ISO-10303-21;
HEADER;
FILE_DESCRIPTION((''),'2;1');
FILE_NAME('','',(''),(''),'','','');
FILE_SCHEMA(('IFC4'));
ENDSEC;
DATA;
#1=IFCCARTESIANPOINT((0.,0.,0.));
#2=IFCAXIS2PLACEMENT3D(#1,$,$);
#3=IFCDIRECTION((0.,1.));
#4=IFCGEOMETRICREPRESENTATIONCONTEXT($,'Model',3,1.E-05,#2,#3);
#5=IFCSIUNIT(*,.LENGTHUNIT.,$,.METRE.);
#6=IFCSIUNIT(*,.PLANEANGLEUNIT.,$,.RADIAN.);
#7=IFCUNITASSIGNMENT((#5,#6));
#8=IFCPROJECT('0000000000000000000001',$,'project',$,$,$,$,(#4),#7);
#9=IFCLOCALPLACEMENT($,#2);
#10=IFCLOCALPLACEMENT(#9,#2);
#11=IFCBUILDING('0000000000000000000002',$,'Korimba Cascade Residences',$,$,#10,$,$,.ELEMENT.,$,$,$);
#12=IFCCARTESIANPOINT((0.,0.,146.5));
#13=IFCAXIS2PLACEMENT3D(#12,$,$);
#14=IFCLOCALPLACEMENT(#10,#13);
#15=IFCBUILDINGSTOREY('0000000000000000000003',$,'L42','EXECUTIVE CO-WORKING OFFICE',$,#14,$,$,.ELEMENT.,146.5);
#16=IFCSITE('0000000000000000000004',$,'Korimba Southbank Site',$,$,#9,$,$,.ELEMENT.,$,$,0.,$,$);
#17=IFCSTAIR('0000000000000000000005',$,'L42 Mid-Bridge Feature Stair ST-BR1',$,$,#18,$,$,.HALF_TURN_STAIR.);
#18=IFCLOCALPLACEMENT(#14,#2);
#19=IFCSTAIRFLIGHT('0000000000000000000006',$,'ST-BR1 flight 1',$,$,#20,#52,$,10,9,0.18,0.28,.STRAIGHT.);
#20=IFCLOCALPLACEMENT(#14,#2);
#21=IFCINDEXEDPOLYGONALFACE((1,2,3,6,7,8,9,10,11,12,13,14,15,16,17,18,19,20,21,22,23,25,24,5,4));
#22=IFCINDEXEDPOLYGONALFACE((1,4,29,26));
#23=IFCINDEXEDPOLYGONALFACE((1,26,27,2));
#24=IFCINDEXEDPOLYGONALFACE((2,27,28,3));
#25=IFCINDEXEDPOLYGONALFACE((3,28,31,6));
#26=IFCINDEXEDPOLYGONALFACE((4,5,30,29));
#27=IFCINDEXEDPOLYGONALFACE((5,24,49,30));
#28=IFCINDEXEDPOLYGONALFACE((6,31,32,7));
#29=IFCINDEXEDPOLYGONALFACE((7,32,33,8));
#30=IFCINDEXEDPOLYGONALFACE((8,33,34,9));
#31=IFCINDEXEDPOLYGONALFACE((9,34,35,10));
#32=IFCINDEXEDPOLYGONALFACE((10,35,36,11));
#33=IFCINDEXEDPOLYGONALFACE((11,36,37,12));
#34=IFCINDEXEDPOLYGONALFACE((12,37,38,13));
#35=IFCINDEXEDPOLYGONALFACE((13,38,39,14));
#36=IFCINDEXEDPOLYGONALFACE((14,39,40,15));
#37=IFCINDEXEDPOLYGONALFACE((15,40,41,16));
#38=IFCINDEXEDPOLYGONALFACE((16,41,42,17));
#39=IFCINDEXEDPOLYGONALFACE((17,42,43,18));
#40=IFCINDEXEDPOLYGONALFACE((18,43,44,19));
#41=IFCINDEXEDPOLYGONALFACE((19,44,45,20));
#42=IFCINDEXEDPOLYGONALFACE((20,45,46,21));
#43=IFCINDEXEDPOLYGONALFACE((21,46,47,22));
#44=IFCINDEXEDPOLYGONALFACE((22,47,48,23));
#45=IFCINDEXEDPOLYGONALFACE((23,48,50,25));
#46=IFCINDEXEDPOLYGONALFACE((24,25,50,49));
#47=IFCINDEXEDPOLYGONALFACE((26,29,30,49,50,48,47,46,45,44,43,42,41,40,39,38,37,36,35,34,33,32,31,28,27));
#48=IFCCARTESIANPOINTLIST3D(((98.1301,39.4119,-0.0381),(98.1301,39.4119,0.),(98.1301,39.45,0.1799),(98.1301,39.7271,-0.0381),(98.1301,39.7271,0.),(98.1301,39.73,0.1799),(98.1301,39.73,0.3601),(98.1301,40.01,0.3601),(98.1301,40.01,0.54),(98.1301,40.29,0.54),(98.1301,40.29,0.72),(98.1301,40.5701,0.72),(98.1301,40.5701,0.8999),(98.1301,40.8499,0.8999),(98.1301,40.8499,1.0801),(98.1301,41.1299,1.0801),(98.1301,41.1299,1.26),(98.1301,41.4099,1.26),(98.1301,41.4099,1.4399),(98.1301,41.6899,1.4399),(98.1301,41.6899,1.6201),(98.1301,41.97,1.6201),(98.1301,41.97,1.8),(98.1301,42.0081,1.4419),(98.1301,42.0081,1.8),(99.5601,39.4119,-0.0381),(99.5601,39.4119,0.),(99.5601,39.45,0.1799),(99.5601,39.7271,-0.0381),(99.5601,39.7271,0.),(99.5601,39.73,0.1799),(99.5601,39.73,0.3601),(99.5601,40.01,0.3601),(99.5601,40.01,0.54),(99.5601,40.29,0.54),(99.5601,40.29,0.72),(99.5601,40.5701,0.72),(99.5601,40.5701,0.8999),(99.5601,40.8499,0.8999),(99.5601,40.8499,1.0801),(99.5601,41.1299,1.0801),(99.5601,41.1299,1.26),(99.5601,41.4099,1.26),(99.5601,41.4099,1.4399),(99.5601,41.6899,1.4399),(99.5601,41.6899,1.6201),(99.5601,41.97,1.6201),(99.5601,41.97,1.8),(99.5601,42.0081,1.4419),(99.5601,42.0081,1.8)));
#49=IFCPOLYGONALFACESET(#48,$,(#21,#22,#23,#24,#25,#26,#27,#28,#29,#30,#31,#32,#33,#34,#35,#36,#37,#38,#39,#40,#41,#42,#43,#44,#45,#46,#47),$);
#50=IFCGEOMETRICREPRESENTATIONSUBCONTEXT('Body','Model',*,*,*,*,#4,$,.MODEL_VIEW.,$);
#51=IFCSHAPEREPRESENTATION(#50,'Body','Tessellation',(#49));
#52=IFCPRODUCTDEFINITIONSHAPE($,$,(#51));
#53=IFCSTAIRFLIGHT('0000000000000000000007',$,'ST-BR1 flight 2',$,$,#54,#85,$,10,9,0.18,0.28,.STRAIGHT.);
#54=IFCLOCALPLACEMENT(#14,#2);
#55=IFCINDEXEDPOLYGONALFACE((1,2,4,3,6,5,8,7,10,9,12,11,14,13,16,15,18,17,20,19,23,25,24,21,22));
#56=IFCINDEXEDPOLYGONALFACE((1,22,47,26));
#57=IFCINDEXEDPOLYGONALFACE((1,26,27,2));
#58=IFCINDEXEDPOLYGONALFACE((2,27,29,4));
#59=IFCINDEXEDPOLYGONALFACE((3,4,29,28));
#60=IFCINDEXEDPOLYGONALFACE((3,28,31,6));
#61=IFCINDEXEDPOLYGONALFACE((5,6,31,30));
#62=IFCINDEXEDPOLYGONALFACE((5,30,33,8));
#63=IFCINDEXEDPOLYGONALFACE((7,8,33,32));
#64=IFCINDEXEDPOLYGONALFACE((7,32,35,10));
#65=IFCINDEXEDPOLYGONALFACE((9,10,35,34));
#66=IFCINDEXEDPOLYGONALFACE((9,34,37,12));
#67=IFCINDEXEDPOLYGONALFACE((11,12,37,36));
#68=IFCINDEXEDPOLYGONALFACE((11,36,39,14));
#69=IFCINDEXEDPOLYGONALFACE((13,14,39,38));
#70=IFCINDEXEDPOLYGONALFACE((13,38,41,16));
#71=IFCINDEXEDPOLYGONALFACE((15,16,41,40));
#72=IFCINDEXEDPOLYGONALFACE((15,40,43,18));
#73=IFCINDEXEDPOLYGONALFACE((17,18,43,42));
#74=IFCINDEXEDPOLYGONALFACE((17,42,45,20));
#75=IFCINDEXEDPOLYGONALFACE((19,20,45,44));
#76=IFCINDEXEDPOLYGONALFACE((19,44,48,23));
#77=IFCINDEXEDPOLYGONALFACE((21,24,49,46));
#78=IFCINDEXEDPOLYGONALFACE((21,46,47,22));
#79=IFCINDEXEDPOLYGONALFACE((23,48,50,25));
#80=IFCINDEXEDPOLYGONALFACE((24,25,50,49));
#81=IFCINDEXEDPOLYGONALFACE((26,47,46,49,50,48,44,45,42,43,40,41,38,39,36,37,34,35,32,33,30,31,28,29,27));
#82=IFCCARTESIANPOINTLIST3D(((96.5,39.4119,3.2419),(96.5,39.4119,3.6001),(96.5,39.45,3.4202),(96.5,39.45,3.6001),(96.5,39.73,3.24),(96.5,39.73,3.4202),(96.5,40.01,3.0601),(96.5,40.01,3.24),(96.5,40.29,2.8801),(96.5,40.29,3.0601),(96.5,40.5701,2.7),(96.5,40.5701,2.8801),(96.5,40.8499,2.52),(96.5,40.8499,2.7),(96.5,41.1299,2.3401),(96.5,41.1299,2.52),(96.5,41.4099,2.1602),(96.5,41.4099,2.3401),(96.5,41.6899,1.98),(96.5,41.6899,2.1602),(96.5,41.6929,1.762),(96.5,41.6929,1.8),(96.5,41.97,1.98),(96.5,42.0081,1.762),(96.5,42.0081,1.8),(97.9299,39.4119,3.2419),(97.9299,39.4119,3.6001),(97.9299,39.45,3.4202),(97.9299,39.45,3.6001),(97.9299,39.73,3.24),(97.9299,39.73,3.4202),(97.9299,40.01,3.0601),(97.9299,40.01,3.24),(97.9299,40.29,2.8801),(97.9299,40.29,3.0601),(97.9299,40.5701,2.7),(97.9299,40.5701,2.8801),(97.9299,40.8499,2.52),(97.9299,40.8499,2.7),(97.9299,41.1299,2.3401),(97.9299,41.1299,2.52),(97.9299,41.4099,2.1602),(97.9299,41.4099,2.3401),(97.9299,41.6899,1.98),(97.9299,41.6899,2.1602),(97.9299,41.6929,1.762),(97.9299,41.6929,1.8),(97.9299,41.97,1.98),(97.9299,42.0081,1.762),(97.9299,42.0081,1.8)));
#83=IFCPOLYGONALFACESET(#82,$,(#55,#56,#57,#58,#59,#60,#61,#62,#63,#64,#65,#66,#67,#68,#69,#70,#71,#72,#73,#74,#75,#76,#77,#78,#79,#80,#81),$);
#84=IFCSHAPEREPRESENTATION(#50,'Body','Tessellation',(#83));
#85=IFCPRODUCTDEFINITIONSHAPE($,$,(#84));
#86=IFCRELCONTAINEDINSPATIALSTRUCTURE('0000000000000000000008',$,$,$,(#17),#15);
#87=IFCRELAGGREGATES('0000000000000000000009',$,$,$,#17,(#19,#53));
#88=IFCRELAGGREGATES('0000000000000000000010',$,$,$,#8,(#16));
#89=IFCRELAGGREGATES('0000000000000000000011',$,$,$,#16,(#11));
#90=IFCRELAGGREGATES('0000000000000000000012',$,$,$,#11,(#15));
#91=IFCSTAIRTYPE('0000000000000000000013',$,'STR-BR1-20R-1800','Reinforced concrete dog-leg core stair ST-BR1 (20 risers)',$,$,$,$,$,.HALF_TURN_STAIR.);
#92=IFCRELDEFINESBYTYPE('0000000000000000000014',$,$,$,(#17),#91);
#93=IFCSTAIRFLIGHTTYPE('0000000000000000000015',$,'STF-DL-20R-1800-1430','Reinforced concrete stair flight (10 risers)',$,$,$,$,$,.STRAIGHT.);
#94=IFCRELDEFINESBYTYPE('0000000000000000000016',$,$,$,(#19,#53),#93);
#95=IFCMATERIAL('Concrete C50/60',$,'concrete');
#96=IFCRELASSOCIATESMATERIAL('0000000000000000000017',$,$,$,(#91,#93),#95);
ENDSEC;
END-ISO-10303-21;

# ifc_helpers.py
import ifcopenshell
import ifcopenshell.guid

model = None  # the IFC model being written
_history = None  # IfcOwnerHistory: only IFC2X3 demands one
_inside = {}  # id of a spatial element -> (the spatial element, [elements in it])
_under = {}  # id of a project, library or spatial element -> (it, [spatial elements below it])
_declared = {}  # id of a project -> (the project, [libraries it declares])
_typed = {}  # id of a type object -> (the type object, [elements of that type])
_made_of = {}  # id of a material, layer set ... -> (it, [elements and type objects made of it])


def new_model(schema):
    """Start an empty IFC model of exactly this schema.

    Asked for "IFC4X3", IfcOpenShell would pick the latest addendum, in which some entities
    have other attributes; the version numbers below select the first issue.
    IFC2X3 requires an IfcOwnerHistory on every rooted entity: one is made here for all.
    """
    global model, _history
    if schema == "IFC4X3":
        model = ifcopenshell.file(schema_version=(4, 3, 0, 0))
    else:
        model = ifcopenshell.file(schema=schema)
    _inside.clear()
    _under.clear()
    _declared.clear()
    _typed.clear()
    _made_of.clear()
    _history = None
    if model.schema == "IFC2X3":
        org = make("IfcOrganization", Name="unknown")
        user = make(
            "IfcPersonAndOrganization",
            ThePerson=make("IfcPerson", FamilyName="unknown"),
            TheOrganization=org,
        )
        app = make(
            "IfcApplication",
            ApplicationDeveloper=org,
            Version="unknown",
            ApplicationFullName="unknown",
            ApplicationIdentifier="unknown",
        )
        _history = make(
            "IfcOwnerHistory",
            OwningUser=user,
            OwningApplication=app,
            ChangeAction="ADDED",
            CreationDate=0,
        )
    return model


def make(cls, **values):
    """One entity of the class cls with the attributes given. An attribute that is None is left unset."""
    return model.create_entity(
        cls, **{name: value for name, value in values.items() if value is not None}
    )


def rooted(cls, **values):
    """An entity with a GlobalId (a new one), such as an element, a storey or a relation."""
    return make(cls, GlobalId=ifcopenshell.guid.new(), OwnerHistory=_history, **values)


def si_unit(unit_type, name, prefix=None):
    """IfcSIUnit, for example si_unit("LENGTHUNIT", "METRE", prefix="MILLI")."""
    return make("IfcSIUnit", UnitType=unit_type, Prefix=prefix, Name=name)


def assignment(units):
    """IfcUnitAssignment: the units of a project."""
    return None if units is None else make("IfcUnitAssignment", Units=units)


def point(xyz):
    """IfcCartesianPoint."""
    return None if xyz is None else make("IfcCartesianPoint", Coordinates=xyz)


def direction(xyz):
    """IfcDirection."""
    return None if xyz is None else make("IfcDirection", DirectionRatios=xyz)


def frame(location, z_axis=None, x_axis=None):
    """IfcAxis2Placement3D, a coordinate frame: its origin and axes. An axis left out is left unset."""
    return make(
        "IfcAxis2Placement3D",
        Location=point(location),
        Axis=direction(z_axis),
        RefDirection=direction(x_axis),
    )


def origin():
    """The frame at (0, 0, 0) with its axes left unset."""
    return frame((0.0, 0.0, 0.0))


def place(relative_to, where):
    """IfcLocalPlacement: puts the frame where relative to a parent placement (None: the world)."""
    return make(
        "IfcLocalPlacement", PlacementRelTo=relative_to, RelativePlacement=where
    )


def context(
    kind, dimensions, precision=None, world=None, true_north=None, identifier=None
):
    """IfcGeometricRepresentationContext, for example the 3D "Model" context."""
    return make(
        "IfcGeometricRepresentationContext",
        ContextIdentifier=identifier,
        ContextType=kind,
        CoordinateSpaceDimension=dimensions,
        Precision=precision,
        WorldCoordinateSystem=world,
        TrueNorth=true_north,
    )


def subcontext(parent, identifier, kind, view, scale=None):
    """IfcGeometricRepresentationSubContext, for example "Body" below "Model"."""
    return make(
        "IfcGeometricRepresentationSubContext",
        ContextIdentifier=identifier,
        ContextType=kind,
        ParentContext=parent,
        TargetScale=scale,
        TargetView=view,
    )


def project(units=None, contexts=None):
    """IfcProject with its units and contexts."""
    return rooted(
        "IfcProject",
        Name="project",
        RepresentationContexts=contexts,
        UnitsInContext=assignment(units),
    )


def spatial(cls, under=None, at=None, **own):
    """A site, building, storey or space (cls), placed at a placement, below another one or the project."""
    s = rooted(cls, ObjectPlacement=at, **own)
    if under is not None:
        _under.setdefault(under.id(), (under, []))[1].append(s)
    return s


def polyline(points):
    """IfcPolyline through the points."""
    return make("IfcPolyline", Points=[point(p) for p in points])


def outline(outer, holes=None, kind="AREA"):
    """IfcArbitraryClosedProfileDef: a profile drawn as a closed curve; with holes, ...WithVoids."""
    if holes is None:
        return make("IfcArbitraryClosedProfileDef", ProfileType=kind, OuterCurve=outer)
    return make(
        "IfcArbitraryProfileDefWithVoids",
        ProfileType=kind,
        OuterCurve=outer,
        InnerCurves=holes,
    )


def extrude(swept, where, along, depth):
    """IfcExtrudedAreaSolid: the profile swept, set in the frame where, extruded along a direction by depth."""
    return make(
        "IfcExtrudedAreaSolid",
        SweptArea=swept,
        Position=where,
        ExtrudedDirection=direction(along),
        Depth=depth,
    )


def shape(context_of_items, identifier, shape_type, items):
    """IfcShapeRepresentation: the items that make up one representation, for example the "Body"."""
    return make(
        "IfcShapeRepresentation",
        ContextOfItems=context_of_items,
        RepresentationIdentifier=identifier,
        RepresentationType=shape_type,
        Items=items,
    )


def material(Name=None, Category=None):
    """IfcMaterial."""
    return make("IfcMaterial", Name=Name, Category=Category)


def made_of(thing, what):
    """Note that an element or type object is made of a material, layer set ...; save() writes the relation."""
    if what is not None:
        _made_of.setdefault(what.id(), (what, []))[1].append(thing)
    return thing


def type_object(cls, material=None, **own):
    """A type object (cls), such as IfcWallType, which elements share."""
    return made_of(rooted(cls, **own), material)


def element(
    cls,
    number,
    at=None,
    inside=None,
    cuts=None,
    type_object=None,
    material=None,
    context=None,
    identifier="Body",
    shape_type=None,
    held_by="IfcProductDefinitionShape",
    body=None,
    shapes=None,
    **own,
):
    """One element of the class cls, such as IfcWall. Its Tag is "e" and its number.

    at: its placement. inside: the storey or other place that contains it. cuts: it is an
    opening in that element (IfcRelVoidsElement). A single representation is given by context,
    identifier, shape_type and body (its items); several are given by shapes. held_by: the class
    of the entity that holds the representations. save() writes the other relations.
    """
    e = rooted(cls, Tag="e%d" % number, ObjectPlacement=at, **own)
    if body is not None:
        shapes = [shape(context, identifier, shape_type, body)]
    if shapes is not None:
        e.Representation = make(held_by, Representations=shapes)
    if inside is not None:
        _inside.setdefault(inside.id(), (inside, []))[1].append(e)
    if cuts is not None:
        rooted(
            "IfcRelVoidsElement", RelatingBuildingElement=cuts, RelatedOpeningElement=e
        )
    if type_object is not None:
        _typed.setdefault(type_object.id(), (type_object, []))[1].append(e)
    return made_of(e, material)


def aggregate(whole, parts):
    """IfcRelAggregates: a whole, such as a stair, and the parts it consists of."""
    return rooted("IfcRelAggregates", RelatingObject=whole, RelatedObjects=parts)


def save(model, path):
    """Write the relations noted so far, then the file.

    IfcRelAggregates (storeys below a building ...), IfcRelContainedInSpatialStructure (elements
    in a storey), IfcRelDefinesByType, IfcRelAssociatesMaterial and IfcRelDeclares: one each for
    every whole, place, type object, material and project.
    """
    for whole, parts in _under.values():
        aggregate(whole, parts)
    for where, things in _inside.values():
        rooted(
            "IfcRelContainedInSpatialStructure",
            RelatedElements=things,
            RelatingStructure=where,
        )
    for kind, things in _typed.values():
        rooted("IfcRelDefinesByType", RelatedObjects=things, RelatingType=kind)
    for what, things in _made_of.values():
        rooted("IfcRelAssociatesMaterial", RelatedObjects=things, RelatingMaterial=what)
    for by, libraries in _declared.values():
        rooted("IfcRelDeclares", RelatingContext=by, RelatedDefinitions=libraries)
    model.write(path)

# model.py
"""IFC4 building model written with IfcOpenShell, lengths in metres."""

from ifc_helpers import new_model, si_unit, direction, frame, origin, place, context, subcontext, project, spatial, polyline, outline, extrude, material, type_object, element, aggregate, save


model = new_model("IFC4")

# Units and contexts
model_context = context("Model", 3, precision=1e-05, world=origin(), true_north=direction((0.0, 1.0)))
body_context = subcontext(model_context, "Body", "Model", "MODEL_VIEW")
ifc_project = project(units=[si_unit("LENGTHUNIT", "METRE"), si_unit("PLANEANGLEUNIT", "RADIAN")], contexts=[model_context])

# Site, building, storey
site_placement = place(None, origin())
site = spatial("IfcSite", under=ifc_project, at=site_placement, Name="Korimba Southbank Site", CompositionType="ELEMENT", RefElevation=0.0)
building_placement = place(site_placement, origin())
building = spatial("IfcBuilding", under=site, at=building_placement, Name="Korimba Cascade Residences", CompositionType="ELEMENT")
storey_placement = place(building_placement, frame((0.0, 0.0, 146.5)))
storey = spatial("IfcBuildingStorey", under=building, at=storey_placement, Name="L42", Description="EXECUTIVE CO-WORKING OFFICE", CompositionType="ELEMENT", Elevation=146.5)

# Stair, stair flights
ifc_material_1 = material(Name="Concrete C50/60", Category="concrete")
stair_type = type_object("IfcStairType", Name="STR-BR1-20R-1800", Description="Reinforced concrete dog-leg core stair ST-BR1 (20 risers)", PredefinedType="HALF_TURN_STAIR", material=ifc_material_1)
stair_placement = place(storey_placement, origin())
stair = element("IfcStair", 1, at=stair_placement, inside=storey, type_object=stair_type, Name="L42 Mid-Bridge Feature Stair ST-BR1", PredefinedType="HALF_TURN_STAIR")
stair_flight_type = type_object("IfcStairFlightType", Name="STF-DL-20R-1800-1430", Description="Reinforced concrete stair flight (10 risers)", PredefinedType="STRAIGHT", material=ifc_material_1)
stair_flight_1_placement = place(storey_placement, frame((98.845, 39.45, 0.0), z_axis=(0.0, 0.0, 1.0), x_axis=(0.0, 1.0, 0.0)))
stair_flight_1 = element("IfcStairFlight", 2, at=stair_flight_1_placement, type_object=stair_flight_type, Name="ST-BR1 flight 1", NumberOfRisers=10, NumberOfTreads=9, PredefinedType="STRAIGHT", RiserHeight=0.18, TreadLength=0.28, context=body_context, shape_type="SweptSolid", body=[
    extrude(outline(polyline([(-0.0381, 0.0), (0.0, 0.1799), (0.28, 0.1799), (0.28, 0.3601), (0.5601, 0.3601), (0.5601, 0.54), (0.8401, 0.54), (0.8401, 0.72), (1.1201, 0.72), (1.1201, 0.8999), (1.3999, 0.8999), (1.3999, 1.0801), (1.6799, 1.0801), (1.6799, 1.26), (1.96, 1.26), (1.96, 1.4399), (2.24, 1.4399), (2.24, 1.6201), (2.52, 1.6201), (2.52, 1.8), (2.5581, 1.8), (2.5581, 1.4419), (0.2771, 0.0), (0.2771, -0.0381), (-0.0381, -0.0381), (-0.0381, 0.0)])), frame((0.0, 0.7148, 0.0), z_axis=(0.0, -1.0, 0.0), x_axis=(1.0, 0.0, 0.0)), (0.0, 0.0, 1.0), 1.4299),
])
stair_flight_2_placement = place(storey_placement, frame((97.2151, 41.97, 1.8), z_axis=(0.0, 0.0, 1.0), x_axis=(0.0, -1.0, 0.0)))
stair_flight_2 = element("IfcStairFlight", 3, at=stair_flight_2_placement, type_object=stair_flight_type, Name="ST-BR1 flight 2", NumberOfRisers=10, NumberOfTreads=9, PredefinedType="STRAIGHT", RiserHeight=0.18, TreadLength=0.28, context=body_context, shape_type="SweptSolid", body=[
    extrude(outline(polyline([(-0.0381, 0.0), (0.0, 0.1799), (0.28, 0.1799), (0.28, 0.3601), (0.5601, 0.3601), (0.5601, 0.54), (0.8401, 0.54), (0.8401, 0.72), (1.1201, 0.72), (1.1201, 0.8999), (1.3999, 0.8999), (1.3999, 1.0801), (1.6799, 1.0801), (1.6799, 1.26), (1.96, 1.26), (1.96, 1.4399), (2.24, 1.4399), (2.24, 1.6201), (2.52, 1.6201), (2.52, 1.8), (2.5581, 1.8), (2.5581, 1.4419), (0.2771, 0.0), (0.2771, -0.0381), (-0.0381, -0.0381), (-0.0381, 0.0)])), frame((0.0, 0.7148, 0.0), z_axis=(0.0, -1.0, 0.0), x_axis=(1.0, 0.0, 0.0)), (0.0, 0.0, 1.0), 1.4299),
])
aggregate(stair, [stair_flight_1, stair_flight_2])

save(model, "model.ifc")
